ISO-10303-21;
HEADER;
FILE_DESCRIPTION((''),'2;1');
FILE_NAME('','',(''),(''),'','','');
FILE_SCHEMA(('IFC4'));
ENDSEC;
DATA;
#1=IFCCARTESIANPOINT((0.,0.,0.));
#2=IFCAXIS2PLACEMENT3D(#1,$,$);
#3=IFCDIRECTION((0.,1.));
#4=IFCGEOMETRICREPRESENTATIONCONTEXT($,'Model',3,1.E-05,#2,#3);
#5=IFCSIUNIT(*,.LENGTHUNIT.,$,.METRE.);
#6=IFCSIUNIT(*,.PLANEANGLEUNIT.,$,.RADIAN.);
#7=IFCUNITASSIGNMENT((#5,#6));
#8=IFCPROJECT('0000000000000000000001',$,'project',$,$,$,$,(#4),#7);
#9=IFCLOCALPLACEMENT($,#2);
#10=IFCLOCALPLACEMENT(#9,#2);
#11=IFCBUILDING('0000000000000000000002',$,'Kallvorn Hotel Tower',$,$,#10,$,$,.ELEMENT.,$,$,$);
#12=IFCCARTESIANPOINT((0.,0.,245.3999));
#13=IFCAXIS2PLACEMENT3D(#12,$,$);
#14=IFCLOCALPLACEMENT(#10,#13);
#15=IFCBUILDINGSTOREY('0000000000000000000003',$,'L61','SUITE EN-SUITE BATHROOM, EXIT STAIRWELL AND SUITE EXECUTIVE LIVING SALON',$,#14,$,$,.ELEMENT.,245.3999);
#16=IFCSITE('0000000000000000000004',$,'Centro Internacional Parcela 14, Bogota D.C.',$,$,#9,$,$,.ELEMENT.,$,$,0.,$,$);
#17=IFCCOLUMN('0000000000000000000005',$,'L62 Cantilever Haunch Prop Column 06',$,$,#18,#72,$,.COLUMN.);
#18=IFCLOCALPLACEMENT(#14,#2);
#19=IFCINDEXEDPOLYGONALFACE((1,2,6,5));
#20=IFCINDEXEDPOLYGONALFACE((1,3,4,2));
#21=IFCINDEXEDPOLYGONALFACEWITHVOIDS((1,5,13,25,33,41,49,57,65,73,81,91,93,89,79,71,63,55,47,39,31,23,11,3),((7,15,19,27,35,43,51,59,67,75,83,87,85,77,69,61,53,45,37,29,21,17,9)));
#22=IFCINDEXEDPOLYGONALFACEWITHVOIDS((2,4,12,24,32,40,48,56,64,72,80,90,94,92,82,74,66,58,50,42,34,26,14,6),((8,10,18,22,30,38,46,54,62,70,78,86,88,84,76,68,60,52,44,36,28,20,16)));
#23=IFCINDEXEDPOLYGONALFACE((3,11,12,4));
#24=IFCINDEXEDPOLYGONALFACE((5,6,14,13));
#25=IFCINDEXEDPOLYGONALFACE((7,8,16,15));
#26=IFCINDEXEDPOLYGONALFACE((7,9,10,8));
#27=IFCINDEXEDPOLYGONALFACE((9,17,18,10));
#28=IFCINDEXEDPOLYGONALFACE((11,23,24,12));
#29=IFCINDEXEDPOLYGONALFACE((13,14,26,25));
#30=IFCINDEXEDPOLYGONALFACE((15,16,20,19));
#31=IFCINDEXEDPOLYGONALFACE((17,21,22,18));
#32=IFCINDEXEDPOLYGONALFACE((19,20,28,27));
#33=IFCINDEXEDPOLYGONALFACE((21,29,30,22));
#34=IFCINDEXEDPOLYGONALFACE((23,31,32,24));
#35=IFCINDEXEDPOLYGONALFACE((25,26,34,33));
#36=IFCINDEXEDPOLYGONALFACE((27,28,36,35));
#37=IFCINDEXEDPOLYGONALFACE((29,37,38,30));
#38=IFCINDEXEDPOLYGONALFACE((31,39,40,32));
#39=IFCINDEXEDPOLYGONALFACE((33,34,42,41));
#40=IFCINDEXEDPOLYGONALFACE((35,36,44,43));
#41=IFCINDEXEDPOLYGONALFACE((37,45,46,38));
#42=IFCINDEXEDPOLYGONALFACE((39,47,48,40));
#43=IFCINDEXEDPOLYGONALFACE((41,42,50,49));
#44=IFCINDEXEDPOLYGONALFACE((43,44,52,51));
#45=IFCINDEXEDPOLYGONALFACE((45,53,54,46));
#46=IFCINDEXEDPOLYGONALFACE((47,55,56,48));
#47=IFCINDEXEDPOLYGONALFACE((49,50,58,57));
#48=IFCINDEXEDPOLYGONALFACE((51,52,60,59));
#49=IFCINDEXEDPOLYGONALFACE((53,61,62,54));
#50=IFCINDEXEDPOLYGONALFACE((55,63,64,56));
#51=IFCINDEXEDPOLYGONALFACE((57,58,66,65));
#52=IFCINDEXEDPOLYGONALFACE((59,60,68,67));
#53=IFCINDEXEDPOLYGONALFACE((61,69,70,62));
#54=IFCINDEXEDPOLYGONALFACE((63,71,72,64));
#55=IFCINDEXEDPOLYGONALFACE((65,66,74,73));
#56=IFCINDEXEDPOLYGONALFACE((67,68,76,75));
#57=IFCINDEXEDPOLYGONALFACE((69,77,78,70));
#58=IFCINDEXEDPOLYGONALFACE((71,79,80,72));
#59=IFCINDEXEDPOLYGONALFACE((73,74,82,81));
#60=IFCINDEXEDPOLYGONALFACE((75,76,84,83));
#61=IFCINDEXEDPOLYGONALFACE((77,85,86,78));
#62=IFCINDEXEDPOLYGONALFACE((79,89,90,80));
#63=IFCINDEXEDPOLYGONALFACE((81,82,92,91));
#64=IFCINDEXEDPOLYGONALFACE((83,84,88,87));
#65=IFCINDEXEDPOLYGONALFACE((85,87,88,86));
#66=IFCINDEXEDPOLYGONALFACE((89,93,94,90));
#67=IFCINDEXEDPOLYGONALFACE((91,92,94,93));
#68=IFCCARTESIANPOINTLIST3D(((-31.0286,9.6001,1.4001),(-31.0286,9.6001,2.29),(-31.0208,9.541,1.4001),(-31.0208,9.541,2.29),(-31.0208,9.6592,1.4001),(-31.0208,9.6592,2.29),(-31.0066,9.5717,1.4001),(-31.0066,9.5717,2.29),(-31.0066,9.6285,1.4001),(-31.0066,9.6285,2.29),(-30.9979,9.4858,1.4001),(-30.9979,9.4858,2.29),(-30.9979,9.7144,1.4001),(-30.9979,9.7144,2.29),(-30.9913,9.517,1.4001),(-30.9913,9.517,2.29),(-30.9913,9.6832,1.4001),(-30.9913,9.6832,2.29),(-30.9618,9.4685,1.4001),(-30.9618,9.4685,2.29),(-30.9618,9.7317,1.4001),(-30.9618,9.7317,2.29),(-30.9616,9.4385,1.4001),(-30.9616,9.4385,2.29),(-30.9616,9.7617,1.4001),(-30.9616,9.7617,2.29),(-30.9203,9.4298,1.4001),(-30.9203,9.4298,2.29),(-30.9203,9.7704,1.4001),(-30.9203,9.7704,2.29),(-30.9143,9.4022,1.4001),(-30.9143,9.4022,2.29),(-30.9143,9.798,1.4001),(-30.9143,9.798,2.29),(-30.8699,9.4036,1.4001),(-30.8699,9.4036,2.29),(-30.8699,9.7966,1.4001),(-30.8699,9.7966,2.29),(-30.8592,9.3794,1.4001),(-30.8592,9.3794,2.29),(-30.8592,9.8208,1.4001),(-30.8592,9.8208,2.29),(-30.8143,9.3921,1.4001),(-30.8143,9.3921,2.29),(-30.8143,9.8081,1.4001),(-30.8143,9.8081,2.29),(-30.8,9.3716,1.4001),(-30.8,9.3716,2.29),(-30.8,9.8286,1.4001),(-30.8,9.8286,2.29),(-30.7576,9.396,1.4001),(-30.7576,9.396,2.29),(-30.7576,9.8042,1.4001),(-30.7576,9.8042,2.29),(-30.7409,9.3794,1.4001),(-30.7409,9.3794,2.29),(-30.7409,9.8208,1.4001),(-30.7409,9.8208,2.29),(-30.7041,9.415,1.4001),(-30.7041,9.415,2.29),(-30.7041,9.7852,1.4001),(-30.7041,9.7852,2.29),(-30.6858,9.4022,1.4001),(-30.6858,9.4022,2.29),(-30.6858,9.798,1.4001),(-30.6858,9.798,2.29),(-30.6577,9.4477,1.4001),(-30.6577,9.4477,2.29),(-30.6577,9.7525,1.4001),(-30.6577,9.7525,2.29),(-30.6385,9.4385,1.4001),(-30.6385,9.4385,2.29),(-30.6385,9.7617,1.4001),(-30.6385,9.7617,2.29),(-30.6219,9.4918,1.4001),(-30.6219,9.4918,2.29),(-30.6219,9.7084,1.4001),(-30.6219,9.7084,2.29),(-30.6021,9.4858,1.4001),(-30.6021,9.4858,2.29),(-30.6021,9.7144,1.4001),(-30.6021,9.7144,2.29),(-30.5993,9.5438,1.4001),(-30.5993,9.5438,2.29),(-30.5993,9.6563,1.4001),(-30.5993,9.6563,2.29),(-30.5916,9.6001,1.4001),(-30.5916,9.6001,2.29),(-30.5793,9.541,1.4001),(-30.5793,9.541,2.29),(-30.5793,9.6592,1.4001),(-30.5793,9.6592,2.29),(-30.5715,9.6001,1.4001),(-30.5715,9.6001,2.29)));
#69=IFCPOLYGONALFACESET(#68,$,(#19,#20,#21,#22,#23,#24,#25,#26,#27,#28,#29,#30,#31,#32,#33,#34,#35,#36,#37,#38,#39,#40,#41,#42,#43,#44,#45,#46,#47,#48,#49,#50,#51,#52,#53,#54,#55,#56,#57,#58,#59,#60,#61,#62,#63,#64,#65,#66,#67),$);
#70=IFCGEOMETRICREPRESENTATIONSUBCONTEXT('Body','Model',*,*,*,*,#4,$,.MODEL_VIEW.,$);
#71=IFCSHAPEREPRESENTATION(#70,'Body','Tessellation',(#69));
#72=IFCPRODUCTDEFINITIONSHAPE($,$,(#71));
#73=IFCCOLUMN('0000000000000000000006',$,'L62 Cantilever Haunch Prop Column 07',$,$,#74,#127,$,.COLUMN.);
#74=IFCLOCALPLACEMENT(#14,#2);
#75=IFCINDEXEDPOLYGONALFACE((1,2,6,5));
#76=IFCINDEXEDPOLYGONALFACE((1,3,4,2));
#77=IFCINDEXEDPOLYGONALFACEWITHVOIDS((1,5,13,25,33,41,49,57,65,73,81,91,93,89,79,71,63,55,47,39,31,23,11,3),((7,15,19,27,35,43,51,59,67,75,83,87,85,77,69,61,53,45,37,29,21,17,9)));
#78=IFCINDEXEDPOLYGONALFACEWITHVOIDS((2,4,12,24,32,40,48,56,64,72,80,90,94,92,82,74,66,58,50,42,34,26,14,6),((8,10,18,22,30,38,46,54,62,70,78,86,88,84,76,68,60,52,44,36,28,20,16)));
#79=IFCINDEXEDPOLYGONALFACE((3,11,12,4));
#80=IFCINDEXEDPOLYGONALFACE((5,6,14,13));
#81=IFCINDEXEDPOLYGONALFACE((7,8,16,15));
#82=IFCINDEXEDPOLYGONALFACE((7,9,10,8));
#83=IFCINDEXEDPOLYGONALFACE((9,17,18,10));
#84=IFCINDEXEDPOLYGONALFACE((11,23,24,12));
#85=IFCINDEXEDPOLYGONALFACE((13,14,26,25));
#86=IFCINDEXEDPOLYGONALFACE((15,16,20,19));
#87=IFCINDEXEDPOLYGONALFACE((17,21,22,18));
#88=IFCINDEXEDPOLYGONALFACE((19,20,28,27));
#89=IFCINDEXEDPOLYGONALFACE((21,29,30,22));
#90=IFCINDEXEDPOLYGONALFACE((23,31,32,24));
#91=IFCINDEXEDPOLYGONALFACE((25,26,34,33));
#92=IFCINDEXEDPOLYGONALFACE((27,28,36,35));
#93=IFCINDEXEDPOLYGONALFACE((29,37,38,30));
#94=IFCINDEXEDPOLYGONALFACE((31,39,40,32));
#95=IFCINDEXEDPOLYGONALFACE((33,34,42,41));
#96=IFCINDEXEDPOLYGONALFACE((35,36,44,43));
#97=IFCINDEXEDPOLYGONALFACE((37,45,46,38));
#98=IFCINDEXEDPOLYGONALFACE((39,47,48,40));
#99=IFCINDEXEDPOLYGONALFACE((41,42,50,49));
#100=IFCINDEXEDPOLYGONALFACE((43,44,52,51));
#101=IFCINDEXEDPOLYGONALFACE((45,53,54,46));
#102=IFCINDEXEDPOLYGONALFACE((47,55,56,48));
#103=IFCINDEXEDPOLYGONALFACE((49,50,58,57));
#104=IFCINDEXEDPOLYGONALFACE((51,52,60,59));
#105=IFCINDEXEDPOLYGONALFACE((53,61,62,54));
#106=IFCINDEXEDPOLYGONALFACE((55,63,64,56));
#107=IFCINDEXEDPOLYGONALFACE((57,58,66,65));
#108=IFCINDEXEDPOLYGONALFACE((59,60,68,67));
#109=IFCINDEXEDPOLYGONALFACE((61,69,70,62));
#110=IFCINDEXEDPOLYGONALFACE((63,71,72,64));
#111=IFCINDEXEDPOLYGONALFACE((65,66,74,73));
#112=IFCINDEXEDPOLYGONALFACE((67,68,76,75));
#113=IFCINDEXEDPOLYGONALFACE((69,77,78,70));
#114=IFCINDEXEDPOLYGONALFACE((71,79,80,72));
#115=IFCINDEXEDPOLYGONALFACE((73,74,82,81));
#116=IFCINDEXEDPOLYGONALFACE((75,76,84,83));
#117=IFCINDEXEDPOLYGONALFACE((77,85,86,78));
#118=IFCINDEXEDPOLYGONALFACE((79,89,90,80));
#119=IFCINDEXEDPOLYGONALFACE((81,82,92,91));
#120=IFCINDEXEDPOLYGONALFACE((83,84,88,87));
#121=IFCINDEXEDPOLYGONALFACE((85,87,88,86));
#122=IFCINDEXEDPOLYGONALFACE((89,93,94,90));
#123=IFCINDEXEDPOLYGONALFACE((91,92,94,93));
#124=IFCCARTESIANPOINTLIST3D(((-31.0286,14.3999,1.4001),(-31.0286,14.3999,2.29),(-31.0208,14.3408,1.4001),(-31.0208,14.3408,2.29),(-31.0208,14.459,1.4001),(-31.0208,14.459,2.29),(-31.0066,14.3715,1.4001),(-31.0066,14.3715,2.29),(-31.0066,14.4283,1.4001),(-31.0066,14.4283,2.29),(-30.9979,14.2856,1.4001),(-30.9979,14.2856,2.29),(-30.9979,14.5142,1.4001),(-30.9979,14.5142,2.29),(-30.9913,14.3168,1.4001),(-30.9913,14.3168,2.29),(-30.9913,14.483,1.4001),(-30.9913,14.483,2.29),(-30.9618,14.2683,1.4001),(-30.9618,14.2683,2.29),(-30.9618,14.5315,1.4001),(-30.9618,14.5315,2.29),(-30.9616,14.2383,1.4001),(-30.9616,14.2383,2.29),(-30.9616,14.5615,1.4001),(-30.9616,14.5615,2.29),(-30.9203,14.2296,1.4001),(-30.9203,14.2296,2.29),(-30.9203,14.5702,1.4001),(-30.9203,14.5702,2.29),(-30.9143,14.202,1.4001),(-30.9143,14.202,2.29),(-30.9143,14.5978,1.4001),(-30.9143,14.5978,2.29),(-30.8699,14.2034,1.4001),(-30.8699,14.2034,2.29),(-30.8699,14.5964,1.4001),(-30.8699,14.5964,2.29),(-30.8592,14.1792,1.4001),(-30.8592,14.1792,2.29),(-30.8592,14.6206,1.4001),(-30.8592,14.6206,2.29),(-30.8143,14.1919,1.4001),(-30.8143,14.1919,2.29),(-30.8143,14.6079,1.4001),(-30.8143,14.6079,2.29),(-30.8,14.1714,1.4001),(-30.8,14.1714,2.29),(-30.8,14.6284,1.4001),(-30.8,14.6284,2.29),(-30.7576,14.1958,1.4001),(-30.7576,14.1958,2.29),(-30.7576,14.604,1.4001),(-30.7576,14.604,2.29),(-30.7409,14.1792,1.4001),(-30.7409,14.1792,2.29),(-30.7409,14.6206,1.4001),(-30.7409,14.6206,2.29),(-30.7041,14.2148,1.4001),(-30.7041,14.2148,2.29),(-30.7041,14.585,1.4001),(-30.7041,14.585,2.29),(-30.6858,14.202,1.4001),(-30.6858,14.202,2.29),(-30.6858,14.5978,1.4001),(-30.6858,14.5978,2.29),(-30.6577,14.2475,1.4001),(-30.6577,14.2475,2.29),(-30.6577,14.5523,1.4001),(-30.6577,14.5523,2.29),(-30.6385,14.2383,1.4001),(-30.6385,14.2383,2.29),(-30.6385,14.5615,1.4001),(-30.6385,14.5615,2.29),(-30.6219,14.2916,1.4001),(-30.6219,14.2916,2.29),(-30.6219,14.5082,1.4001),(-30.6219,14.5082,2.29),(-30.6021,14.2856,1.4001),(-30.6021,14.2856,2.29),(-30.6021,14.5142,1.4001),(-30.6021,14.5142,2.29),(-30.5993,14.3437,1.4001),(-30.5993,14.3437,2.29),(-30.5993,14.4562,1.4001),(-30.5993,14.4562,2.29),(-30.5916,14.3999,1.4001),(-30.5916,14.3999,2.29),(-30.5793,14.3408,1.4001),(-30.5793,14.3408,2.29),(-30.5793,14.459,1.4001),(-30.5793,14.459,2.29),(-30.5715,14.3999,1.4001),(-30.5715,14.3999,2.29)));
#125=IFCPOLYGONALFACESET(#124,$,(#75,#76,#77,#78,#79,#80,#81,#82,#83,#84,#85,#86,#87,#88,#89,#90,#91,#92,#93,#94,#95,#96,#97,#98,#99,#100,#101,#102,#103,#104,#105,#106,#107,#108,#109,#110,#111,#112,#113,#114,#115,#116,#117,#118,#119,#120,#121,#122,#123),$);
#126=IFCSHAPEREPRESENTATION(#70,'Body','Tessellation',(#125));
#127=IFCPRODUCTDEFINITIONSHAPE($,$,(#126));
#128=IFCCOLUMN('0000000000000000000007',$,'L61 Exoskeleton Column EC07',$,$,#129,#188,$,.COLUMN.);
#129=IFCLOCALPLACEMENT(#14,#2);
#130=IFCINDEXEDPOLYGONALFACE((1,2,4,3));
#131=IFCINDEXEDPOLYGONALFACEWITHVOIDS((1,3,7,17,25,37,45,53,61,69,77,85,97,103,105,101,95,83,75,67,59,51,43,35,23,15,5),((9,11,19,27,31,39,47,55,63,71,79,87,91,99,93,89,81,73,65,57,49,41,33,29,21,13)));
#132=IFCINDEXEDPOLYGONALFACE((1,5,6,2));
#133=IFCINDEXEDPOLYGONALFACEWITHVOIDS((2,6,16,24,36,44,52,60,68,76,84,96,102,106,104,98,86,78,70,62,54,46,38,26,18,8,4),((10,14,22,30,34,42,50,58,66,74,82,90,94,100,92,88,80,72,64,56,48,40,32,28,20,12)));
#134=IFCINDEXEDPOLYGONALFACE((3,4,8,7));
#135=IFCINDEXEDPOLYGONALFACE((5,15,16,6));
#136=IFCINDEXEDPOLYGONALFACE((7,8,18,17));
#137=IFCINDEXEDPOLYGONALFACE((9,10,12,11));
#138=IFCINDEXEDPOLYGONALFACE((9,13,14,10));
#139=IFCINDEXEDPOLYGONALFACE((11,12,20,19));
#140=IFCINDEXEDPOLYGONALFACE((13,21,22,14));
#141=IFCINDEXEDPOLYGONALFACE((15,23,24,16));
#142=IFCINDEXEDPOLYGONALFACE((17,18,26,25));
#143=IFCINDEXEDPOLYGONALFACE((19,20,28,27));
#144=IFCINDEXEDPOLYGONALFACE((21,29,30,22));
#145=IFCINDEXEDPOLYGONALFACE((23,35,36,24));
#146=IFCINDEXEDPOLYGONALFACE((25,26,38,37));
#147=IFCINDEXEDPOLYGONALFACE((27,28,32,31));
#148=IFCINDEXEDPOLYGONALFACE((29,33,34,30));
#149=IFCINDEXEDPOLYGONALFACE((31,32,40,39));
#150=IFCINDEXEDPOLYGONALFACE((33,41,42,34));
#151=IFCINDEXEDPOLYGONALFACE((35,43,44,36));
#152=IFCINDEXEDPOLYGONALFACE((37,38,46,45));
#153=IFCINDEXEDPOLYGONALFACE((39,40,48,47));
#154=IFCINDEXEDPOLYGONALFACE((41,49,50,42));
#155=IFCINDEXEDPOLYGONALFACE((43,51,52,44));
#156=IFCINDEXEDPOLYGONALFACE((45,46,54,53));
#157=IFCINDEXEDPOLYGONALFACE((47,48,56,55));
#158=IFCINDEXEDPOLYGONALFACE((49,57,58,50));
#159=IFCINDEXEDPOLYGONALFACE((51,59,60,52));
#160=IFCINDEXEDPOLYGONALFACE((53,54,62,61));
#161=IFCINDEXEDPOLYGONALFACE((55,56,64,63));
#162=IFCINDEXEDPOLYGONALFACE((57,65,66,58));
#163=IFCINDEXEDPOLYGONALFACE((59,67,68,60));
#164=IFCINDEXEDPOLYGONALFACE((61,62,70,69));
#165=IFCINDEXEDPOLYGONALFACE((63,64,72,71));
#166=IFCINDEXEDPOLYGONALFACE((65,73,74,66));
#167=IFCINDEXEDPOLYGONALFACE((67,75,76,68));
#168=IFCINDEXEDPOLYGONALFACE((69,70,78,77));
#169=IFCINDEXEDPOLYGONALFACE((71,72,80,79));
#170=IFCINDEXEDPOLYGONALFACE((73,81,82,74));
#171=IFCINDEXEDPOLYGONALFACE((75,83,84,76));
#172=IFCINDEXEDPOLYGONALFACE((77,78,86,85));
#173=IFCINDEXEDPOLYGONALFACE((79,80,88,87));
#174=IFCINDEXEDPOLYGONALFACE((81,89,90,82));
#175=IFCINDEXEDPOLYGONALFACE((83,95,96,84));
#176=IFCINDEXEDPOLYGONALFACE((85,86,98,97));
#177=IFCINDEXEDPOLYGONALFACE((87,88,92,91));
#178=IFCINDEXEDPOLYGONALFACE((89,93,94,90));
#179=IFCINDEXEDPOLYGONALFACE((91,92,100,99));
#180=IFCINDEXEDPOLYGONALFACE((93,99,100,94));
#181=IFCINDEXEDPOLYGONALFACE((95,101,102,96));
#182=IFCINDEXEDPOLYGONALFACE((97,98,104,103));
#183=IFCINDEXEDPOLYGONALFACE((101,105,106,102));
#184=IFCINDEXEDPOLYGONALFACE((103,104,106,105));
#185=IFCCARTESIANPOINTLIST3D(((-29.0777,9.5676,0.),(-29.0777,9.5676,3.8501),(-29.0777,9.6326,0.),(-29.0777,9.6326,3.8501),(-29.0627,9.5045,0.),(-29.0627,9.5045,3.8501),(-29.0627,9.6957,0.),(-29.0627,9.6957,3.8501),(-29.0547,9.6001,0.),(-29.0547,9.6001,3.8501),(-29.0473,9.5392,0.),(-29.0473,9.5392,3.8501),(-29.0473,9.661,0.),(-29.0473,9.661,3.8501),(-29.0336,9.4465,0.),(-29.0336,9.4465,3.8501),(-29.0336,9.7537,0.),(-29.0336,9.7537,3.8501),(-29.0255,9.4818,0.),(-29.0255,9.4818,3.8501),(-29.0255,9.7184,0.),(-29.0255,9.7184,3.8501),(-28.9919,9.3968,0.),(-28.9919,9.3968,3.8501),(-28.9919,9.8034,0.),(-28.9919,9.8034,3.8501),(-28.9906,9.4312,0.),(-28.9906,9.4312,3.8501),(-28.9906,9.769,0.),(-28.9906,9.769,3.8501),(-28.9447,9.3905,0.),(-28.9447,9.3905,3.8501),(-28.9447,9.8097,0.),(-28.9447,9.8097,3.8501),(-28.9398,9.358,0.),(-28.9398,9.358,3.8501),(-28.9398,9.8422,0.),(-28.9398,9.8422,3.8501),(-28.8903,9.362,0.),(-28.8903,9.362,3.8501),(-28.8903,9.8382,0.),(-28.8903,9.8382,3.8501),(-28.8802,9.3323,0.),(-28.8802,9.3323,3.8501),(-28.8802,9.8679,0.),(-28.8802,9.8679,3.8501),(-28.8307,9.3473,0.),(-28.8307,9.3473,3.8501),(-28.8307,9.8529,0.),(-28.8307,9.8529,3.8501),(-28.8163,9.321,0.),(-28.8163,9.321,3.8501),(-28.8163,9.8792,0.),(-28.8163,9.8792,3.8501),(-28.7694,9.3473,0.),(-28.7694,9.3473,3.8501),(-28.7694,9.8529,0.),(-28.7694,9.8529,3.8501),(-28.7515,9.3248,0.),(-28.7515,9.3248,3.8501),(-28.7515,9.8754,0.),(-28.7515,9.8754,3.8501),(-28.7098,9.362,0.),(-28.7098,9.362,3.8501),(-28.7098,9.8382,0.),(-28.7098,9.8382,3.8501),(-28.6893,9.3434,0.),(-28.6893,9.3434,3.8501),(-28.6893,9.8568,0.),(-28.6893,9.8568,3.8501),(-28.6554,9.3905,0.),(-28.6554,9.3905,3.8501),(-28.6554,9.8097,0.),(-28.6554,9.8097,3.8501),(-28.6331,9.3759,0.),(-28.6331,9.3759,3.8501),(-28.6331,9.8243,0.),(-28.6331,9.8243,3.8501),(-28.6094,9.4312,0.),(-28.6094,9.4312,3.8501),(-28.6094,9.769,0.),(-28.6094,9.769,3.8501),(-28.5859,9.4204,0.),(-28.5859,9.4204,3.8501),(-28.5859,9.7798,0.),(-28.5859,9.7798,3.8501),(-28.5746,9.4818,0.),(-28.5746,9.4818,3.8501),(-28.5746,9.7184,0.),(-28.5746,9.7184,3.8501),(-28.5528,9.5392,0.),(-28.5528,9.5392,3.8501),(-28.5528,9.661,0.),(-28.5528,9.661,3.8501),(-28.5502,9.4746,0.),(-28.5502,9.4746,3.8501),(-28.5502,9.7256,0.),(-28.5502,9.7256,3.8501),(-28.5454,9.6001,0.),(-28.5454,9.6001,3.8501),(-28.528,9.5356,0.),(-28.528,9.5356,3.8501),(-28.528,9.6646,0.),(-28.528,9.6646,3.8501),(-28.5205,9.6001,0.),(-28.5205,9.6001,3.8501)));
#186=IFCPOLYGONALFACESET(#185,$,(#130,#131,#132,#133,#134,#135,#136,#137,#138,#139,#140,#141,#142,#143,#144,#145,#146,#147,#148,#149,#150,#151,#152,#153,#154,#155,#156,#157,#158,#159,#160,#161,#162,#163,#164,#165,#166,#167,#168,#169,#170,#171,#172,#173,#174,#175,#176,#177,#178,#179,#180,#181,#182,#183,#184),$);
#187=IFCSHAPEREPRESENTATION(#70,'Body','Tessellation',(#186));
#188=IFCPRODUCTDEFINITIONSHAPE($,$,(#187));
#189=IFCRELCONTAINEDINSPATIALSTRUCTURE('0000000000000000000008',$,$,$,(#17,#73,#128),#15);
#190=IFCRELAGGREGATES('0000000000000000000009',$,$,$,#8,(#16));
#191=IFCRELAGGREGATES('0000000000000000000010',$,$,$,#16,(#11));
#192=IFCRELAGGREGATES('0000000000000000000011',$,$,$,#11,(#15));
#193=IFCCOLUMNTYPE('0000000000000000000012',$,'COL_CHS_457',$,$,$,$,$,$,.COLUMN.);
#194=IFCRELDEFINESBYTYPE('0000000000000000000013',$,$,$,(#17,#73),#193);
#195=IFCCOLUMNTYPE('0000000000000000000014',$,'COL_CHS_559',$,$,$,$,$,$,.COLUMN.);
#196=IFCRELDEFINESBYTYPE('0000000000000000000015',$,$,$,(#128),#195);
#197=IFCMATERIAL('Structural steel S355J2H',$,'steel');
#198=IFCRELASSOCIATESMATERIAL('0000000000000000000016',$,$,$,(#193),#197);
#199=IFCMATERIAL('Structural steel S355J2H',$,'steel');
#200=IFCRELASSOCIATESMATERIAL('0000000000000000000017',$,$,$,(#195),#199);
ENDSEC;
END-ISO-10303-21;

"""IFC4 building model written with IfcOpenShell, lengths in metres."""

from ifc_helpers import new_model, si_unit, direction, frame, origin, origin_2d, place, context, subcontext, project, spatial, hollow_circle, extrude, material, material_profile, profile_set, type_object, element, save


model = new_model("IFC4")

# Units and contexts
model_context = context("Model", 3, precision=1e-05, world=origin(), true_north=direction((0.0, 1.0)))
body_context = subcontext(model_context, "Body", "Model", "MODEL_VIEW")
ifc_project = project(units=[si_unit("LENGTHUNIT", "METRE"), si_unit("PLANEANGLEUNIT", "RADIAN")], contexts=[model_context])

# Site, building, storey
site_placement = place(None, origin())
site = spatial("IfcSite", under=ifc_project, at=site_placement, Name="Centro Internacional Parcela 14, Bogota D.C.", CompositionType="ELEMENT", RefElevation=0.0)
building_placement = place(site_placement, origin())
building = spatial("IfcBuilding", under=site, at=building_placement, Name="Kallvorn Hotel Tower", CompositionType="ELEMENT")
storey_placement = place(building_placement, frame((0.0, 0.0, 245.3999)))
storey = spatial("IfcBuildingStorey", under=building, at=storey_placement, Name="L61", Description="SUITE EN-SUITE BATHROOM, EXIT STAIRWELL AND SUITE EXECUTIVE LIVING SALON", CompositionType="ELEMENT", Elevation=245.3999)

# Columns
ifc_material_1 = material(Name="Structural steel S355J2H", Category="steel")
ifc_material_profile_1 = material_profile(ifc_material_1, hollow_circle(Radius=0.2285, WallThickness=0.02, at=origin_2d()), Name="CHS 457x20")
ifc_profile_set_1 = profile_set([ifc_material_profile_1], Name="Structural steel S355J2H")
column_type_1 = type_object("IfcColumnType", Name="COL_CHS_457", PredefinedType="COLUMN", material=ifc_profile_set_1)
for number, where, z_axis, x_axis, name in (
    (1, (-30.8, 9.6001, 1.4001), (0.0, 0.0, 1.0), (1.0, 0.0, 0.0), "L62 Cantilever Haunch Prop Column 06"),
    (2, (-30.8, 14.3999, 1.4001), (0.0, 0.0, 1.0), (1.0, 0.0, 0.0), "L62 Cantilever Haunch Prop Column 07"),
):
    element("IfcColumn", number, at=place(storey_placement, frame(where, z_axis=z_axis, x_axis=x_axis)), inside=storey, type_object=column_type_1, Name=name, PredefinedType="COLUMN", context=body_context, shape_type="SweptSolid", body=[
        extrude(hollow_circle(Radius=0.2285, WallThickness=0.02, at=origin_2d()), origin(), (0.0, 0.0, 1.0), 0.8899),
    ])
ifc_material_2 = material(Name="Structural steel S355J2H", Category="steel")
ifc_material_profile_2 = material_profile(ifc_material_2, hollow_circle(Radius=0.2795, WallThickness=0.0249, at=origin_2d()), Name="CHS 559x25")
ifc_profile_set_2 = profile_set([ifc_material_profile_2], Name="Structural steel S355J2H")
column_type_2 = type_object("IfcColumnType", Name="COL_CHS_559", PredefinedType="COLUMN", material=ifc_profile_set_2)
for number, where, z_axis, x_axis, name in (
    (3, (-28.8, 9.6001, 0.0), (0.0, 0.0, 1.0), (1.0, 0.0, 0.0), "L61 Exoskeleton Column EC07"),
):
    element("IfcColumn", number, at=place(storey_placement, frame(where, z_axis=z_axis, x_axis=x_axis)), inside=storey, type_object=column_type_2, Name=name, PredefinedType="COLUMN", context=body_context, shape_type="SweptSolid", body=[
        extrude(hollow_circle(Radius=0.2795, WallThickness=0.0249, at=origin_2d()), origin(), (0.0, 0.0, 1.0), 3.8501),
    ])

save(model, "model.ifc")
